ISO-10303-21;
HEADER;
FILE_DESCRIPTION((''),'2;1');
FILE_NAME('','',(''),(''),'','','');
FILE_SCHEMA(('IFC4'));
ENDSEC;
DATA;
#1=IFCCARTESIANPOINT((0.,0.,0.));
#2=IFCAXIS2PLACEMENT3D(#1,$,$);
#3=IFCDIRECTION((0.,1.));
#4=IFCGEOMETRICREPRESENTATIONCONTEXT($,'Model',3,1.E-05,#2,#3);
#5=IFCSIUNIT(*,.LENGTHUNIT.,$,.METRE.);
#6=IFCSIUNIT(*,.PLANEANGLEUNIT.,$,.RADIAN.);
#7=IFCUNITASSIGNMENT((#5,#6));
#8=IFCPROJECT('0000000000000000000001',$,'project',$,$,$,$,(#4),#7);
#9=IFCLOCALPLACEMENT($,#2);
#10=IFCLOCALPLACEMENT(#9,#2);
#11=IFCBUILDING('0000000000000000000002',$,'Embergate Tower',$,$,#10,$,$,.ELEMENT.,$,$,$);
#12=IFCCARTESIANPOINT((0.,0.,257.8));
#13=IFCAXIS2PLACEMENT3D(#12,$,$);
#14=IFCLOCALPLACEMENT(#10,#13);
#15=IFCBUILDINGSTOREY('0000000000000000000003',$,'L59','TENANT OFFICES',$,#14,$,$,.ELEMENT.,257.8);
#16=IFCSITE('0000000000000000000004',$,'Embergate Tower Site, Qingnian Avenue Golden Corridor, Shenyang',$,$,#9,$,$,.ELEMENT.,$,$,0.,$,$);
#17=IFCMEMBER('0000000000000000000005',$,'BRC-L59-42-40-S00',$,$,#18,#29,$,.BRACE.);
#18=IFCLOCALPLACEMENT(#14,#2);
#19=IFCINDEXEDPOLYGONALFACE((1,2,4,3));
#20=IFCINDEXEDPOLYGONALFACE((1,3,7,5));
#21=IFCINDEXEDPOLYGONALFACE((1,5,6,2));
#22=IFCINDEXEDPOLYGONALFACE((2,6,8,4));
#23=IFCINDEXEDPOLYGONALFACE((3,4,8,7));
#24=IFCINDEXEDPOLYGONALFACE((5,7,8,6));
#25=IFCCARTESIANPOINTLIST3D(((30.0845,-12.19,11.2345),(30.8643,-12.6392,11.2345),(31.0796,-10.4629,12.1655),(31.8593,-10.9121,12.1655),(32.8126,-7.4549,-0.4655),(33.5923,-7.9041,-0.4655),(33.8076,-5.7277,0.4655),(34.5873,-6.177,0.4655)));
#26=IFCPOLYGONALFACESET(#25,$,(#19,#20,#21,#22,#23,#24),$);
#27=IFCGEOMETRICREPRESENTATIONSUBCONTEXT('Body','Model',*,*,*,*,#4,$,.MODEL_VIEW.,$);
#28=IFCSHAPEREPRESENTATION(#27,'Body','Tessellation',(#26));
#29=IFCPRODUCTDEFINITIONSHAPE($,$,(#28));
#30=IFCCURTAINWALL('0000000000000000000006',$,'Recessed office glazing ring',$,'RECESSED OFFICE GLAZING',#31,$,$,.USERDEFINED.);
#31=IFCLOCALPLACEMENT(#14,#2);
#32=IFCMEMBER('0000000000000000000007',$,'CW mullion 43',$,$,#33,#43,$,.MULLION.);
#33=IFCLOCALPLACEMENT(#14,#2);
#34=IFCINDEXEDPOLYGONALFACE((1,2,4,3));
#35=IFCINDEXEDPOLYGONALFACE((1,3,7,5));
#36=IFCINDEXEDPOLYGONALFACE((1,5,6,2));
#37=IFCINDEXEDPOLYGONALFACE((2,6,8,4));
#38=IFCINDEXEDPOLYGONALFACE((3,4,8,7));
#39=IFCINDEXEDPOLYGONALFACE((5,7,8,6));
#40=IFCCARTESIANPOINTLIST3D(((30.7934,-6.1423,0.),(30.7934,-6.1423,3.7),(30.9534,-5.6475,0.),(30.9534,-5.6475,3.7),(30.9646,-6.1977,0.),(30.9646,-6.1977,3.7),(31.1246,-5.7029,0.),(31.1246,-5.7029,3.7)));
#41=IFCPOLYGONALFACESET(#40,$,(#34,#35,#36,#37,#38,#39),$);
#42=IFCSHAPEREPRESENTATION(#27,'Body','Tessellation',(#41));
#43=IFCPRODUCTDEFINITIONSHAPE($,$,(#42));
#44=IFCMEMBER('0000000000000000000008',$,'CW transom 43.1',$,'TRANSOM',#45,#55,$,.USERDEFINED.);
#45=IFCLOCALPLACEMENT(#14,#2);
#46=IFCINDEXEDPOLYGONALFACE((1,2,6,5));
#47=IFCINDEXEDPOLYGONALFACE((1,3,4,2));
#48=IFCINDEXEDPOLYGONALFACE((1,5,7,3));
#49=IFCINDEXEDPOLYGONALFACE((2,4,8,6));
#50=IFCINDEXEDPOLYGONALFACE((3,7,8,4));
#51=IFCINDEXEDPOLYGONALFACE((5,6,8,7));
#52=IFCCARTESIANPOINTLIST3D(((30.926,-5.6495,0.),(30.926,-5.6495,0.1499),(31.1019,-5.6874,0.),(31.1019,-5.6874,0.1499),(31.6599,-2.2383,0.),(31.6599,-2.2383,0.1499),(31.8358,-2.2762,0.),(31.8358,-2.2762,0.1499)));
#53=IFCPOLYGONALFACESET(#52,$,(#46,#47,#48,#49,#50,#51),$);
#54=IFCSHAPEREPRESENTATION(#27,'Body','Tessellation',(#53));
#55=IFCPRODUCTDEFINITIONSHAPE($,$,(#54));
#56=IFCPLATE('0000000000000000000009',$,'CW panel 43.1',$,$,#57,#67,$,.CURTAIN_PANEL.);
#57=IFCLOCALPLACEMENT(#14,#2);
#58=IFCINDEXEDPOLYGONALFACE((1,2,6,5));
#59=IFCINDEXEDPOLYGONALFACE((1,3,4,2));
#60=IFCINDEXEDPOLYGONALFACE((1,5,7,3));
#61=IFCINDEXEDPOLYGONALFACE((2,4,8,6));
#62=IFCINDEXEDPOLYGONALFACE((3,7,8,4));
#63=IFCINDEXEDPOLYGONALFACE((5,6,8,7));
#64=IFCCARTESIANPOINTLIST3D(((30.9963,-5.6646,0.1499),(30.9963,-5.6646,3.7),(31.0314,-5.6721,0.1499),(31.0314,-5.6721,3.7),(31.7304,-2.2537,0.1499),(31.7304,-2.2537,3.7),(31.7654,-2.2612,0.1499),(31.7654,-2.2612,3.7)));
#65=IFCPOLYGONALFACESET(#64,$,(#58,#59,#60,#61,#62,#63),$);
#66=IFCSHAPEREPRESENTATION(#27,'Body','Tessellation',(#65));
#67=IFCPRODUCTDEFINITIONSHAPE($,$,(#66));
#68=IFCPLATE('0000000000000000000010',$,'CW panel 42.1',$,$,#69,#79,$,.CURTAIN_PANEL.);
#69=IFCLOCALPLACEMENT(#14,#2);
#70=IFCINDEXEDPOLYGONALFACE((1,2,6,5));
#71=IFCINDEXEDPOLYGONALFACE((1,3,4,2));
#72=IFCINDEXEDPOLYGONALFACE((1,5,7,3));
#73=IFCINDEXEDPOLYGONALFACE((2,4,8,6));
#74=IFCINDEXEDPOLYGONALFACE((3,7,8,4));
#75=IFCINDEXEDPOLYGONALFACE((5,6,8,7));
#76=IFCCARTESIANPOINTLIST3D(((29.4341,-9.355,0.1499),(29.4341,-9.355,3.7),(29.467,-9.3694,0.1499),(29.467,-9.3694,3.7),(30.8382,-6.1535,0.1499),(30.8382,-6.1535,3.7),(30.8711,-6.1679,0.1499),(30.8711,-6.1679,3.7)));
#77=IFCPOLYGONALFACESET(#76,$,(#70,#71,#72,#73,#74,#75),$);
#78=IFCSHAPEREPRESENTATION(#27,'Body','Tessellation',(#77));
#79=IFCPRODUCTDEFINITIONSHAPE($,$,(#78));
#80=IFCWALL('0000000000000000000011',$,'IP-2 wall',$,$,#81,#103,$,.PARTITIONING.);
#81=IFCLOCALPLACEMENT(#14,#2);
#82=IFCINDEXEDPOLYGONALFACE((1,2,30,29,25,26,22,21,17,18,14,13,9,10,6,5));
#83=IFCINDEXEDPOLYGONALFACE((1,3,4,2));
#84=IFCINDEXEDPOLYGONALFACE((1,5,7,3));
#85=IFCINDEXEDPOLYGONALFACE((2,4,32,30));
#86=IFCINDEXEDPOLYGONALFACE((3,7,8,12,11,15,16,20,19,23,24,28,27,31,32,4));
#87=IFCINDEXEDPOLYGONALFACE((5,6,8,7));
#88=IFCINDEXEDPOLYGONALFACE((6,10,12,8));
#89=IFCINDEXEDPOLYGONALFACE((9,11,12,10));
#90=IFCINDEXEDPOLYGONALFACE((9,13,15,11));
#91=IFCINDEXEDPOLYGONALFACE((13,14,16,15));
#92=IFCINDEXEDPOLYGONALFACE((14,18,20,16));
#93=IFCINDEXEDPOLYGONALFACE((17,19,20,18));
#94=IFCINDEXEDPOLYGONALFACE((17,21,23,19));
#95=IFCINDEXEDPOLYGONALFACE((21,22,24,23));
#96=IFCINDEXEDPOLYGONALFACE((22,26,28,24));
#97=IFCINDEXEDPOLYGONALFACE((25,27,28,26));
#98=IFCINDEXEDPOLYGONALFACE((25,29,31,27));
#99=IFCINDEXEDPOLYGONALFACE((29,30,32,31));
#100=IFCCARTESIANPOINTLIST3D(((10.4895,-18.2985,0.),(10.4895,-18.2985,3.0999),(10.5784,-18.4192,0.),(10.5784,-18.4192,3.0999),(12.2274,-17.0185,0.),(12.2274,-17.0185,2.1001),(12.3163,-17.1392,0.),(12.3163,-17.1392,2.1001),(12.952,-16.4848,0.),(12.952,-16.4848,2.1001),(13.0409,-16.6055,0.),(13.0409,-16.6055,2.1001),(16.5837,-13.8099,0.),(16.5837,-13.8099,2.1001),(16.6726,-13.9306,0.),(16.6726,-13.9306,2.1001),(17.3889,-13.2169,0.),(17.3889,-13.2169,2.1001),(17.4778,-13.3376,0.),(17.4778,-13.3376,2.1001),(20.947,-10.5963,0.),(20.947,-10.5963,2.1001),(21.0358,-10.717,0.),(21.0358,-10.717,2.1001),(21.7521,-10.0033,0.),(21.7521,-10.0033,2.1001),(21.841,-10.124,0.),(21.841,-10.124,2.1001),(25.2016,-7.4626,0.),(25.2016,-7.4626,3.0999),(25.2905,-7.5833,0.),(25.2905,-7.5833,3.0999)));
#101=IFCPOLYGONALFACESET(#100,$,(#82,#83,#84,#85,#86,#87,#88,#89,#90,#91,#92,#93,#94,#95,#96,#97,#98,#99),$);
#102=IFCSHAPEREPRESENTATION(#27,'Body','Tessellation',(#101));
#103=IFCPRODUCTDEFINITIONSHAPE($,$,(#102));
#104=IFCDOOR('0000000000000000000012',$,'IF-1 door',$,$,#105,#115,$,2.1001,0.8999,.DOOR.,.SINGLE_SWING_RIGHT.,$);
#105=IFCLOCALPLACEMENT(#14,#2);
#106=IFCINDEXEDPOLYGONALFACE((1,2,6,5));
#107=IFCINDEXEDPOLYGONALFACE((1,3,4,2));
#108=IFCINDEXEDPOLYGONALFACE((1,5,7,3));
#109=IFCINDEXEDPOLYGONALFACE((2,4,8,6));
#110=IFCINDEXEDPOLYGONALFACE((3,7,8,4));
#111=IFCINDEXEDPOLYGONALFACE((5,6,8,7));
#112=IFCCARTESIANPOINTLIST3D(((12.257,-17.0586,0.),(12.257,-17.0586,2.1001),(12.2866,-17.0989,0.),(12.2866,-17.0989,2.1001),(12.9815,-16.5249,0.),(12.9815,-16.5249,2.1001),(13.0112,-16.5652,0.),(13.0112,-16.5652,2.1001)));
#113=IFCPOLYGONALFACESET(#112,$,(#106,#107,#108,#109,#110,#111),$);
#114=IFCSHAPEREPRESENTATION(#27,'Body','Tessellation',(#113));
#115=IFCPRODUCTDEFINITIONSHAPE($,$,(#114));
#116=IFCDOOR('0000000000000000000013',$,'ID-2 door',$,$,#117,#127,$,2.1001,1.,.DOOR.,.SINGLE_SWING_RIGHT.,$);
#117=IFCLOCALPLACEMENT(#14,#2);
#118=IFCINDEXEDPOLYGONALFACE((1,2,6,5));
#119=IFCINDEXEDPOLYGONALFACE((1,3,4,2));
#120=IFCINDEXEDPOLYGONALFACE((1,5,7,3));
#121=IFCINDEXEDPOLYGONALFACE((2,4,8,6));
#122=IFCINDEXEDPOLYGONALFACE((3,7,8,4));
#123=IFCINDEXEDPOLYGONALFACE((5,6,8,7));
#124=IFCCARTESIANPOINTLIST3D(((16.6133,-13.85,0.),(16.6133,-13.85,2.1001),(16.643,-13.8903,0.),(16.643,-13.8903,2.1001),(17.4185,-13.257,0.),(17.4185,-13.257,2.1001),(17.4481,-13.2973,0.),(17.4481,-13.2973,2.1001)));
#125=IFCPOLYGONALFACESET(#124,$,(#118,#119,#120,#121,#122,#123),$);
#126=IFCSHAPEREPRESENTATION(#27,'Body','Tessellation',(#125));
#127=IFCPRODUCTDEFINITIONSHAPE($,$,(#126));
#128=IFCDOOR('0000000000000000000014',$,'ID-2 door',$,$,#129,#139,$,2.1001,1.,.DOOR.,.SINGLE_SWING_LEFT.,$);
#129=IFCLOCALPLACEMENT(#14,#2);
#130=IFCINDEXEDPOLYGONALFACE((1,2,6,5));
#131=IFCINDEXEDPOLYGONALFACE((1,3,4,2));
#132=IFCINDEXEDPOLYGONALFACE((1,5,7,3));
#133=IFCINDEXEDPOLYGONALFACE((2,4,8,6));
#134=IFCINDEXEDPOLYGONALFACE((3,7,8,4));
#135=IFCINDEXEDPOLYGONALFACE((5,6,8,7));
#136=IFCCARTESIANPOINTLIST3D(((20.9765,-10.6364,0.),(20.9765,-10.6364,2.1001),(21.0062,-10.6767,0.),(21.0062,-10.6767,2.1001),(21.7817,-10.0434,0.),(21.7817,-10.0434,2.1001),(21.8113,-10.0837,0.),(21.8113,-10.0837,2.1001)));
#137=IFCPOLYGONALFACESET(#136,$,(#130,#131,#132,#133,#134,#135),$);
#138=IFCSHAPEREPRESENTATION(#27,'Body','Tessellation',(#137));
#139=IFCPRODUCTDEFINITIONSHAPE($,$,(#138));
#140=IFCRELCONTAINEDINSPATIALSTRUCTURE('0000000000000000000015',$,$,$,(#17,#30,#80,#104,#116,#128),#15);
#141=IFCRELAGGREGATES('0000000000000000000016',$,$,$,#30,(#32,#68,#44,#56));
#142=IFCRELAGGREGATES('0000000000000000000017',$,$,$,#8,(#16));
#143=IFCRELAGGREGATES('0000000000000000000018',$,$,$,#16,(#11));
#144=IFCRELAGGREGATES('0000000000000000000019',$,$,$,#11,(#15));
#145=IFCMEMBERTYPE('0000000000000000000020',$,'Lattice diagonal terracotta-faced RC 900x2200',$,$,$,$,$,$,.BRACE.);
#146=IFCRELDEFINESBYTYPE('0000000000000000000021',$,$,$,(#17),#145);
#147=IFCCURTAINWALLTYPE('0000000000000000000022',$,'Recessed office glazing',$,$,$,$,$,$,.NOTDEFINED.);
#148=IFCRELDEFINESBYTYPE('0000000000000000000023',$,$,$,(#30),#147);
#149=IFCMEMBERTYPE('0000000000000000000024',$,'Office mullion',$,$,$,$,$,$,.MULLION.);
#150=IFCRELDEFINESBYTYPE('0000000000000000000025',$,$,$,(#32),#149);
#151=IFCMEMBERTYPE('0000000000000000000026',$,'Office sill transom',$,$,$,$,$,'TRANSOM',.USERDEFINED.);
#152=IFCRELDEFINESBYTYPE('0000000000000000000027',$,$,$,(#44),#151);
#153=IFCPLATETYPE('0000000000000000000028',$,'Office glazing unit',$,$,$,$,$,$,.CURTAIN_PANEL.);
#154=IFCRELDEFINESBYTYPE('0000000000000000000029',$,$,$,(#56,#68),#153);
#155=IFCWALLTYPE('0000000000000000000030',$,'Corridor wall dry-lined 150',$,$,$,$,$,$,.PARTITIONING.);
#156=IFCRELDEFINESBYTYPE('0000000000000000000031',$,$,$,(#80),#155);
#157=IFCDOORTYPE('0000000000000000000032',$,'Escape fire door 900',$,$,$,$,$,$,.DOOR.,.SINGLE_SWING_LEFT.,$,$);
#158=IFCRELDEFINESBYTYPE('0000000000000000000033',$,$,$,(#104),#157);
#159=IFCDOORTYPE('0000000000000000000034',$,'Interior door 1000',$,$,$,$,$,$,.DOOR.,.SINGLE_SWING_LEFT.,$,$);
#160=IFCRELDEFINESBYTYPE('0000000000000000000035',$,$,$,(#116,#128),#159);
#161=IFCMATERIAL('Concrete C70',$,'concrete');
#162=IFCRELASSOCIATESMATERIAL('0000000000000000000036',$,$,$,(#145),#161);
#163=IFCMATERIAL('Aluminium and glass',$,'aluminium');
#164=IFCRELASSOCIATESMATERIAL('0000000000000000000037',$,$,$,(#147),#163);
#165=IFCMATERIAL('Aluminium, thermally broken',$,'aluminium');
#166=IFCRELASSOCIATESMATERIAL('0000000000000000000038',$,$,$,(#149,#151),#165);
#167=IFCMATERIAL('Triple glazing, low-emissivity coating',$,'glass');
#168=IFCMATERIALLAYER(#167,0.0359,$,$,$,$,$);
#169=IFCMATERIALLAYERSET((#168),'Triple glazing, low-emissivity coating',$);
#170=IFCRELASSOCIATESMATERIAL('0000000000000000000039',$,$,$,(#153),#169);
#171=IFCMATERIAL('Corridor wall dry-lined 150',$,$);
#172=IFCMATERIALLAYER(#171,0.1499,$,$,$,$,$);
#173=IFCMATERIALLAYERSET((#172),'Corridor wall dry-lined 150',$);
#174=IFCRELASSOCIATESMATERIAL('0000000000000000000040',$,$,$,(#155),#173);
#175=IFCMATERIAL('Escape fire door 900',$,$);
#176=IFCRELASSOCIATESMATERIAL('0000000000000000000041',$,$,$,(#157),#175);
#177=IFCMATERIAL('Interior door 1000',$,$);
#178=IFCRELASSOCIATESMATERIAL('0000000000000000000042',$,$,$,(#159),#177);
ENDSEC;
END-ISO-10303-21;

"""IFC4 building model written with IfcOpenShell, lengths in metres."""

from ifc_helpers import new_model, si_unit, direction, frame, frame_2d, origin, origin_2d, place, context, subcontext, project, spatial, rectangle, extrude, source, transform, mapped, material, layer, layer_set, material_profile, profile_set, type_object, element, fill, aggregate, save


model = new_model("IFC4")

# Units and contexts
model_context = context("Model", 3, precision=1e-05, world=origin(), true_north=direction((0.0, 1.0)))
body_context = subcontext(model_context, "Body", "Model", "MODEL_VIEW")
ifc_project = project(units=[si_unit("LENGTHUNIT", "METRE"), si_unit("PLANEANGLEUNIT", "RADIAN")], contexts=[model_context])

# Site, building, storey
site_placement = place(None, origin())
site = spatial("IfcSite", under=ifc_project, at=site_placement, Name="Embergate Tower Site, Qingnian Avenue Golden Corridor, Shenyang", CompositionType="ELEMENT", RefElevation=0.0)
building_placement = place(site_placement, origin())
building = spatial("IfcBuilding", under=site, at=building_placement, Name="Embergate Tower", CompositionType="ELEMENT")
storey_placement = place(building_placement, frame((0.0, 0.0, 257.8)))
storey = spatial("IfcBuildingStorey", under=building, at=storey_placement, Name="L59", Description="TENANT OFFICES", CompositionType="ELEMENT", Elevation=257.8)

# Member
ifc_material_1 = material(Name="Concrete C70", Category="concrete")
ifc_material_profile_1 = material_profile(ifc_material_1, rectangle(XDim=0.8999, YDim=2.2, at=origin_2d()), Name="RC 900x2200")
ifc_profile_set_1 = profile_set([ifc_material_profile_1], Name="Concrete C70")
member_type_1 = type_object("IfcMemberType", Name="Lattice diagonal terracotta-faced RC 900x2200", PredefinedType="BRACE", material=ifc_profile_set_1)
shared_shape_1 = source(origin(), body_context, "Body", "SweptSolid", [
    extrude(rectangle(XDim=0.8999, YDim=2.2, at=origin_2d()), origin(), (0.0, 0.0, 1.0), 12.9133),
])
member_1_placement = place(storey_placement, frame((33.7, -6.8159, 0.0), z_axis=(-0.211258, -0.366686, 0.906042), x_axis=(0.866484, -0.499205, 0.0)))
element("IfcMember", 1, at=member_1_placement, inside=storey, type_object=member_type_1, Name="BRC-L59-42-40-S00", PredefinedType="BRACE", context=body_context, shape_type="MappedRepresentation", body=[
    mapped(shared_shape_1, transform((0.0, 0.0, 0.0))),
])

# Curtain wall, members, plates
ifc_material_2 = material(Name="Aluminium and glass", Category="aluminium")
curtain_wall_type = type_object("IfcCurtainWallType", Name="Recessed office glazing", PredefinedType="NOTDEFINED", material=ifc_material_2)
curtain_wall_placement = place(storey_placement, origin())
curtain_wall = element("IfcCurtainWall", 2, at=curtain_wall_placement, inside=storey, type_object=curtain_wall_type, Name="Recessed office glazing ring", ObjectType="RECESSED OFFICE GLAZING", PredefinedType="USERDEFINED")
ifc_material_3 = material(Name="Aluminium, thermally broken", Category="aluminium")
ifc_material_profile_2 = material_profile(ifc_material_3, rectangle(XDim=0.1799, YDim=0.52, at=origin_2d()), Name="AL 520x180")
ifc_profile_set_2 = profile_set([ifc_material_profile_2], Name="Aluminium, thermally broken")
member_type_2 = type_object("IfcMemberType", Name="Office mullion", PredefinedType="MULLION", material=ifc_profile_set_2)
shared_shape_2 = source(origin(), body_context, "Body", "SweptSolid", [
    extrude(rectangle(XDim=0.1799, YDim=0.52, at=origin_2d()), origin(), (0.0, 0.0, 1.0), 3.7),
])
member_2_placement = place(storey_placement, frame((30.959, -5.9226, 0.0), z_axis=(0.0, 0.0, 1.0), x_axis=(-0.951494, 0.307667, 0.0)))
member_2 = element("IfcMember", 3, at=member_2_placement, type_object=member_type_2, Name="CW mullion 43", PredefinedType="MULLION", context=body_context, shape_type="MappedRepresentation", body=[
    mapped(shared_shape_2, transform((0.0, 0.0, 0.0))),
])
ifc_material_profile_3 = material_profile(ifc_material_3, rectangle(XDim=0.1799, YDim=0.1499, at=origin_2d()), Name="AL 150x180")
ifc_profile_set_3 = profile_set([ifc_material_profile_3], Name="Aluminium, thermally broken")
member_type_3 = type_object("IfcMemberType", Name="Office sill transom", ElementType="TRANSOM", PredefinedType="USERDEFINED", material=ifc_profile_set_3)
shared_shape_3 = source(origin(), body_context, "Body", "SweptSolid", [
    extrude(rectangle(XDim=0.1799, YDim=0.1499, at=origin_2d()), origin(), (0.0, 0.0, 1.0), 3.4893),
])
member_3_placement = place(storey_placement, frame((31.0139, -5.6685, 0.075), z_axis=(0.210332, 0.97763, 0.0), x_axis=(-0.97763, 0.210332, 0.0)))
member_3 = element("IfcMember", 4, at=member_3_placement, type_object=member_type_3, Name="CW transom 43.1", ObjectType="TRANSOM", PredefinedType="USERDEFINED", context=body_context, shape_type="MappedRepresentation", body=[
    mapped(shared_shape_3, transform((0.0, 0.0, 0.0))),
])
ifc_material_4 = material(Name="Triple glazing, low-emissivity coating", Category="glass")
ifc_layer_1 = layer(ifc_material_4, 0.0359)
ifc_layer_set_1 = layer_set([ifc_layer_1], Name="Triple glazing, low-emissivity coating")
plate_type = type_object("IfcPlateType", Name="Office glazing unit", PredefinedType="CURTAIN_PANEL", material=ifc_layer_set_1)
shared_shape_4 = source(origin(), body_context, "Body", "SweptSolid", [
    extrude(rectangle(XDim=3.489, YDim=0.0359, at=origin_2d()), origin(), (0.0, 0.0, 1.0), 3.55),
])
plate_1_placement = place(storey_placement, frame((31.3809, -3.9629, 0.1499), z_axis=(0.0, 0.0, 1.0), x_axis=(0.210402, 0.977615, 0.0)))
plate_1 = element("IfcPlate", 5, at=plate_1_placement, type_object=plate_type, Name="CW panel 43.1", PredefinedType="CURTAIN_PANEL", context=body_context, shape_type="MappedRepresentation", body=[
    mapped(shared_shape_4, transform((0.0, 0.0, 0.0))),
])
shared_shape_5 = source(origin(), body_context, "Body", "SweptSolid", [
    extrude(rectangle(XDim=3.4958, YDim=0.0359, at=origin_2d()), origin(), (0.0, 0.0, 1.0), 3.55),
])
plate_2_placement = place(storey_placement, frame((30.1526, -7.7615, 0.1499), z_axis=(0.0, 0.0, 1.0), x_axis=(0.401657, 0.91579, 0.0)))
plate_2 = element("IfcPlate", 6, at=plate_2_placement, type_object=plate_type, Name="CW panel 42.1", PredefinedType="CURTAIN_PANEL", context=body_context, shape_type="MappedRepresentation", body=[
    mapped(shared_shape_5, transform((0.0, 0.0, 0.0))),
])
aggregate(curtain_wall, [member_2, plate_2, member_3, plate_1])

# Wall, openings, doors
ifc_material_5 = material(Name="Corridor wall dry-lined 150")
ifc_layer_2 = layer(ifc_material_5, 0.1499)
ifc_layer_set_2 = layer_set([ifc_layer_2], Name="Corridor wall dry-lined 150")
wall_type = type_object("IfcWallType", Name="Corridor wall dry-lined 150", PredefinedType="PARTITIONING", material=ifc_layer_set_2)
shared_shape_6 = source(origin(), body_context, "Body", "SweptSolid", [
    extrude(rectangle(XDim=18.272, YDim=0.1499, at=frame_2d((9.136, 0.0))), origin(), (0.0, 0.0, 1.0), 3.0999),
])
wall_1_placement = place(storey_placement, frame((25.2461, -7.5229, 0.0), z_axis=(0.0, 0.0, 1.0), x_axis=(-0.805176, -0.593036, 0.0)))
wall_1 = element("IfcWall", 7, at=wall_1_placement, inside=storey, type_object=wall_type, Name="IP-2 wall", PredefinedType="PARTITIONING", context=body_context, shape_type="MappedRepresentation", body=[
    mapped(shared_shape_6, transform((0.0, 0.0, 0.0))),
])
shared_shape_7 = source(origin(), body_context, "Body", "SweptSolid", [
    extrude(rectangle(XDim=0.8999, YDim=2.1001, at=frame_2d((0.45, 1.05))), frame((0.0, 0.085, 0.0), z_axis=(0.0, -1.0, 0.0), x_axis=(1.0, 0.0, 0.0)), (0.0, 0.0, 1.0), 0.1699),
])
opening_1_placement = place(wall_1_placement, frame((15.2136, 0.0, 0.0)))
opening_1 = element("IfcOpeningElement", 8, at=opening_1_placement, cuts=wall_1, PredefinedType="OPENING", context=body_context, shape_type="MappedRepresentation", body=[
    mapped(shared_shape_7, transform((0.0, 0.0, 0.0))),
])
shared_shape_8 = source(origin(), body_context, "Body", "SweptSolid", [
    extrude(rectangle(XDim=1.0, YDim=2.1001, at=frame_2d((0.5, 1.05))), frame((0.0, 0.085, 0.0), z_axis=(0.0, -1.0, 0.0), x_axis=(1.0, 0.0, 0.0)), (0.0, 0.0, 1.0), 0.1699),
])
opening_2_placement = place(wall_1_placement, frame((9.7031, 0.0, 0.0)))
opening_2 = element("IfcOpeningElement", 9, at=opening_2_placement, cuts=wall_1, PredefinedType="OPENING", context=body_context, shape_type="MappedRepresentation", body=[
    mapped(shared_shape_8, transform((0.0, 0.0, 0.0))),
])
opening_3_placement = place(wall_1_placement, frame((4.2842, 0.0, 0.0)))
opening_3 = element("IfcOpeningElement", 10, at=opening_3_placement, cuts=wall_1, PredefinedType="OPENING", context=body_context, shape_type="MappedRepresentation", body=[
    mapped(shared_shape_8, transform((0.0, 0.0, 0.0))),
])
ifc_material_6 = material(Name="Escape fire door 900")
door_type_1 = type_object("IfcDoorType", Name="Escape fire door 900", OperationType="SINGLE_SWING_LEFT", PredefinedType="DOOR", material=ifc_material_6)
shared_shape_9 = source(origin(), body_context, "Body", "SweptSolid", [
    extrude(rectangle(XDim=0.8999, YDim=2.1001, at=frame_2d((0.45, 1.05))), frame((0.0, 0.0249, 0.0), z_axis=(0.0, -1.0, 0.0), x_axis=(1.0, 0.0, 0.0)), (0.0, 0.0, 1.0), 0.05),
])
door_1_placement = place(opening_1_placement, origin())
door_1 = element("IfcDoor", 11, at=door_1_placement, inside=storey, type_object=door_type_1, Name="IF-1 door", OperationType="SINGLE_SWING_RIGHT", OverallHeight=2.1001, OverallWidth=0.8999, PredefinedType="DOOR", context=body_context, shape_type="MappedRepresentation", body=[
    mapped(shared_shape_9, transform((0.0, 0.0, 0.0))),
])
fill(opening_1, door_1)
ifc_material_7 = material(Name="Interior door 1000")
door_type_2 = type_object("IfcDoorType", Name="Interior door 1000", OperationType="SINGLE_SWING_LEFT", PredefinedType="DOOR", material=ifc_material_7)
shared_shape_10 = source(origin(), body_context, "Body", "SweptSolid", [
    extrude(rectangle(XDim=1.0, YDim=2.1001, at=frame_2d((0.5, 1.05))), frame((0.0, 0.0249, 0.0), z_axis=(0.0, -1.0, 0.0), x_axis=(1.0, 0.0, 0.0)), (0.0, 0.0, 1.0), 0.05),
])
door_2_placement = place(opening_2_placement, origin())
door_2 = element("IfcDoor", 12, at=door_2_placement, inside=storey, type_object=door_type_2, Name="ID-2 door", OperationType="SINGLE_SWING_RIGHT", OverallHeight=2.1001, OverallWidth=1.0, PredefinedType="DOOR", context=body_context, shape_type="MappedRepresentation", body=[
    mapped(shared_shape_10, transform((0.0, 0.0, 0.0))),
])
fill(opening_2, door_2)
door_3_placement = place(opening_3_placement, origin())
door_3 = element("IfcDoor", 13, at=door_3_placement, inside=storey, type_object=door_type_2, Name="ID-2 door", OperationType="SINGLE_SWING_LEFT", OverallHeight=2.1001, OverallWidth=1.0, PredefinedType="DOOR", context=body_context, shape_type="MappedRepresentation", body=[
    mapped(shared_shape_10, transform((0.0, 0.0, 0.0))),
])
fill(opening_3, door_3)

save(model, "model.ifc")
